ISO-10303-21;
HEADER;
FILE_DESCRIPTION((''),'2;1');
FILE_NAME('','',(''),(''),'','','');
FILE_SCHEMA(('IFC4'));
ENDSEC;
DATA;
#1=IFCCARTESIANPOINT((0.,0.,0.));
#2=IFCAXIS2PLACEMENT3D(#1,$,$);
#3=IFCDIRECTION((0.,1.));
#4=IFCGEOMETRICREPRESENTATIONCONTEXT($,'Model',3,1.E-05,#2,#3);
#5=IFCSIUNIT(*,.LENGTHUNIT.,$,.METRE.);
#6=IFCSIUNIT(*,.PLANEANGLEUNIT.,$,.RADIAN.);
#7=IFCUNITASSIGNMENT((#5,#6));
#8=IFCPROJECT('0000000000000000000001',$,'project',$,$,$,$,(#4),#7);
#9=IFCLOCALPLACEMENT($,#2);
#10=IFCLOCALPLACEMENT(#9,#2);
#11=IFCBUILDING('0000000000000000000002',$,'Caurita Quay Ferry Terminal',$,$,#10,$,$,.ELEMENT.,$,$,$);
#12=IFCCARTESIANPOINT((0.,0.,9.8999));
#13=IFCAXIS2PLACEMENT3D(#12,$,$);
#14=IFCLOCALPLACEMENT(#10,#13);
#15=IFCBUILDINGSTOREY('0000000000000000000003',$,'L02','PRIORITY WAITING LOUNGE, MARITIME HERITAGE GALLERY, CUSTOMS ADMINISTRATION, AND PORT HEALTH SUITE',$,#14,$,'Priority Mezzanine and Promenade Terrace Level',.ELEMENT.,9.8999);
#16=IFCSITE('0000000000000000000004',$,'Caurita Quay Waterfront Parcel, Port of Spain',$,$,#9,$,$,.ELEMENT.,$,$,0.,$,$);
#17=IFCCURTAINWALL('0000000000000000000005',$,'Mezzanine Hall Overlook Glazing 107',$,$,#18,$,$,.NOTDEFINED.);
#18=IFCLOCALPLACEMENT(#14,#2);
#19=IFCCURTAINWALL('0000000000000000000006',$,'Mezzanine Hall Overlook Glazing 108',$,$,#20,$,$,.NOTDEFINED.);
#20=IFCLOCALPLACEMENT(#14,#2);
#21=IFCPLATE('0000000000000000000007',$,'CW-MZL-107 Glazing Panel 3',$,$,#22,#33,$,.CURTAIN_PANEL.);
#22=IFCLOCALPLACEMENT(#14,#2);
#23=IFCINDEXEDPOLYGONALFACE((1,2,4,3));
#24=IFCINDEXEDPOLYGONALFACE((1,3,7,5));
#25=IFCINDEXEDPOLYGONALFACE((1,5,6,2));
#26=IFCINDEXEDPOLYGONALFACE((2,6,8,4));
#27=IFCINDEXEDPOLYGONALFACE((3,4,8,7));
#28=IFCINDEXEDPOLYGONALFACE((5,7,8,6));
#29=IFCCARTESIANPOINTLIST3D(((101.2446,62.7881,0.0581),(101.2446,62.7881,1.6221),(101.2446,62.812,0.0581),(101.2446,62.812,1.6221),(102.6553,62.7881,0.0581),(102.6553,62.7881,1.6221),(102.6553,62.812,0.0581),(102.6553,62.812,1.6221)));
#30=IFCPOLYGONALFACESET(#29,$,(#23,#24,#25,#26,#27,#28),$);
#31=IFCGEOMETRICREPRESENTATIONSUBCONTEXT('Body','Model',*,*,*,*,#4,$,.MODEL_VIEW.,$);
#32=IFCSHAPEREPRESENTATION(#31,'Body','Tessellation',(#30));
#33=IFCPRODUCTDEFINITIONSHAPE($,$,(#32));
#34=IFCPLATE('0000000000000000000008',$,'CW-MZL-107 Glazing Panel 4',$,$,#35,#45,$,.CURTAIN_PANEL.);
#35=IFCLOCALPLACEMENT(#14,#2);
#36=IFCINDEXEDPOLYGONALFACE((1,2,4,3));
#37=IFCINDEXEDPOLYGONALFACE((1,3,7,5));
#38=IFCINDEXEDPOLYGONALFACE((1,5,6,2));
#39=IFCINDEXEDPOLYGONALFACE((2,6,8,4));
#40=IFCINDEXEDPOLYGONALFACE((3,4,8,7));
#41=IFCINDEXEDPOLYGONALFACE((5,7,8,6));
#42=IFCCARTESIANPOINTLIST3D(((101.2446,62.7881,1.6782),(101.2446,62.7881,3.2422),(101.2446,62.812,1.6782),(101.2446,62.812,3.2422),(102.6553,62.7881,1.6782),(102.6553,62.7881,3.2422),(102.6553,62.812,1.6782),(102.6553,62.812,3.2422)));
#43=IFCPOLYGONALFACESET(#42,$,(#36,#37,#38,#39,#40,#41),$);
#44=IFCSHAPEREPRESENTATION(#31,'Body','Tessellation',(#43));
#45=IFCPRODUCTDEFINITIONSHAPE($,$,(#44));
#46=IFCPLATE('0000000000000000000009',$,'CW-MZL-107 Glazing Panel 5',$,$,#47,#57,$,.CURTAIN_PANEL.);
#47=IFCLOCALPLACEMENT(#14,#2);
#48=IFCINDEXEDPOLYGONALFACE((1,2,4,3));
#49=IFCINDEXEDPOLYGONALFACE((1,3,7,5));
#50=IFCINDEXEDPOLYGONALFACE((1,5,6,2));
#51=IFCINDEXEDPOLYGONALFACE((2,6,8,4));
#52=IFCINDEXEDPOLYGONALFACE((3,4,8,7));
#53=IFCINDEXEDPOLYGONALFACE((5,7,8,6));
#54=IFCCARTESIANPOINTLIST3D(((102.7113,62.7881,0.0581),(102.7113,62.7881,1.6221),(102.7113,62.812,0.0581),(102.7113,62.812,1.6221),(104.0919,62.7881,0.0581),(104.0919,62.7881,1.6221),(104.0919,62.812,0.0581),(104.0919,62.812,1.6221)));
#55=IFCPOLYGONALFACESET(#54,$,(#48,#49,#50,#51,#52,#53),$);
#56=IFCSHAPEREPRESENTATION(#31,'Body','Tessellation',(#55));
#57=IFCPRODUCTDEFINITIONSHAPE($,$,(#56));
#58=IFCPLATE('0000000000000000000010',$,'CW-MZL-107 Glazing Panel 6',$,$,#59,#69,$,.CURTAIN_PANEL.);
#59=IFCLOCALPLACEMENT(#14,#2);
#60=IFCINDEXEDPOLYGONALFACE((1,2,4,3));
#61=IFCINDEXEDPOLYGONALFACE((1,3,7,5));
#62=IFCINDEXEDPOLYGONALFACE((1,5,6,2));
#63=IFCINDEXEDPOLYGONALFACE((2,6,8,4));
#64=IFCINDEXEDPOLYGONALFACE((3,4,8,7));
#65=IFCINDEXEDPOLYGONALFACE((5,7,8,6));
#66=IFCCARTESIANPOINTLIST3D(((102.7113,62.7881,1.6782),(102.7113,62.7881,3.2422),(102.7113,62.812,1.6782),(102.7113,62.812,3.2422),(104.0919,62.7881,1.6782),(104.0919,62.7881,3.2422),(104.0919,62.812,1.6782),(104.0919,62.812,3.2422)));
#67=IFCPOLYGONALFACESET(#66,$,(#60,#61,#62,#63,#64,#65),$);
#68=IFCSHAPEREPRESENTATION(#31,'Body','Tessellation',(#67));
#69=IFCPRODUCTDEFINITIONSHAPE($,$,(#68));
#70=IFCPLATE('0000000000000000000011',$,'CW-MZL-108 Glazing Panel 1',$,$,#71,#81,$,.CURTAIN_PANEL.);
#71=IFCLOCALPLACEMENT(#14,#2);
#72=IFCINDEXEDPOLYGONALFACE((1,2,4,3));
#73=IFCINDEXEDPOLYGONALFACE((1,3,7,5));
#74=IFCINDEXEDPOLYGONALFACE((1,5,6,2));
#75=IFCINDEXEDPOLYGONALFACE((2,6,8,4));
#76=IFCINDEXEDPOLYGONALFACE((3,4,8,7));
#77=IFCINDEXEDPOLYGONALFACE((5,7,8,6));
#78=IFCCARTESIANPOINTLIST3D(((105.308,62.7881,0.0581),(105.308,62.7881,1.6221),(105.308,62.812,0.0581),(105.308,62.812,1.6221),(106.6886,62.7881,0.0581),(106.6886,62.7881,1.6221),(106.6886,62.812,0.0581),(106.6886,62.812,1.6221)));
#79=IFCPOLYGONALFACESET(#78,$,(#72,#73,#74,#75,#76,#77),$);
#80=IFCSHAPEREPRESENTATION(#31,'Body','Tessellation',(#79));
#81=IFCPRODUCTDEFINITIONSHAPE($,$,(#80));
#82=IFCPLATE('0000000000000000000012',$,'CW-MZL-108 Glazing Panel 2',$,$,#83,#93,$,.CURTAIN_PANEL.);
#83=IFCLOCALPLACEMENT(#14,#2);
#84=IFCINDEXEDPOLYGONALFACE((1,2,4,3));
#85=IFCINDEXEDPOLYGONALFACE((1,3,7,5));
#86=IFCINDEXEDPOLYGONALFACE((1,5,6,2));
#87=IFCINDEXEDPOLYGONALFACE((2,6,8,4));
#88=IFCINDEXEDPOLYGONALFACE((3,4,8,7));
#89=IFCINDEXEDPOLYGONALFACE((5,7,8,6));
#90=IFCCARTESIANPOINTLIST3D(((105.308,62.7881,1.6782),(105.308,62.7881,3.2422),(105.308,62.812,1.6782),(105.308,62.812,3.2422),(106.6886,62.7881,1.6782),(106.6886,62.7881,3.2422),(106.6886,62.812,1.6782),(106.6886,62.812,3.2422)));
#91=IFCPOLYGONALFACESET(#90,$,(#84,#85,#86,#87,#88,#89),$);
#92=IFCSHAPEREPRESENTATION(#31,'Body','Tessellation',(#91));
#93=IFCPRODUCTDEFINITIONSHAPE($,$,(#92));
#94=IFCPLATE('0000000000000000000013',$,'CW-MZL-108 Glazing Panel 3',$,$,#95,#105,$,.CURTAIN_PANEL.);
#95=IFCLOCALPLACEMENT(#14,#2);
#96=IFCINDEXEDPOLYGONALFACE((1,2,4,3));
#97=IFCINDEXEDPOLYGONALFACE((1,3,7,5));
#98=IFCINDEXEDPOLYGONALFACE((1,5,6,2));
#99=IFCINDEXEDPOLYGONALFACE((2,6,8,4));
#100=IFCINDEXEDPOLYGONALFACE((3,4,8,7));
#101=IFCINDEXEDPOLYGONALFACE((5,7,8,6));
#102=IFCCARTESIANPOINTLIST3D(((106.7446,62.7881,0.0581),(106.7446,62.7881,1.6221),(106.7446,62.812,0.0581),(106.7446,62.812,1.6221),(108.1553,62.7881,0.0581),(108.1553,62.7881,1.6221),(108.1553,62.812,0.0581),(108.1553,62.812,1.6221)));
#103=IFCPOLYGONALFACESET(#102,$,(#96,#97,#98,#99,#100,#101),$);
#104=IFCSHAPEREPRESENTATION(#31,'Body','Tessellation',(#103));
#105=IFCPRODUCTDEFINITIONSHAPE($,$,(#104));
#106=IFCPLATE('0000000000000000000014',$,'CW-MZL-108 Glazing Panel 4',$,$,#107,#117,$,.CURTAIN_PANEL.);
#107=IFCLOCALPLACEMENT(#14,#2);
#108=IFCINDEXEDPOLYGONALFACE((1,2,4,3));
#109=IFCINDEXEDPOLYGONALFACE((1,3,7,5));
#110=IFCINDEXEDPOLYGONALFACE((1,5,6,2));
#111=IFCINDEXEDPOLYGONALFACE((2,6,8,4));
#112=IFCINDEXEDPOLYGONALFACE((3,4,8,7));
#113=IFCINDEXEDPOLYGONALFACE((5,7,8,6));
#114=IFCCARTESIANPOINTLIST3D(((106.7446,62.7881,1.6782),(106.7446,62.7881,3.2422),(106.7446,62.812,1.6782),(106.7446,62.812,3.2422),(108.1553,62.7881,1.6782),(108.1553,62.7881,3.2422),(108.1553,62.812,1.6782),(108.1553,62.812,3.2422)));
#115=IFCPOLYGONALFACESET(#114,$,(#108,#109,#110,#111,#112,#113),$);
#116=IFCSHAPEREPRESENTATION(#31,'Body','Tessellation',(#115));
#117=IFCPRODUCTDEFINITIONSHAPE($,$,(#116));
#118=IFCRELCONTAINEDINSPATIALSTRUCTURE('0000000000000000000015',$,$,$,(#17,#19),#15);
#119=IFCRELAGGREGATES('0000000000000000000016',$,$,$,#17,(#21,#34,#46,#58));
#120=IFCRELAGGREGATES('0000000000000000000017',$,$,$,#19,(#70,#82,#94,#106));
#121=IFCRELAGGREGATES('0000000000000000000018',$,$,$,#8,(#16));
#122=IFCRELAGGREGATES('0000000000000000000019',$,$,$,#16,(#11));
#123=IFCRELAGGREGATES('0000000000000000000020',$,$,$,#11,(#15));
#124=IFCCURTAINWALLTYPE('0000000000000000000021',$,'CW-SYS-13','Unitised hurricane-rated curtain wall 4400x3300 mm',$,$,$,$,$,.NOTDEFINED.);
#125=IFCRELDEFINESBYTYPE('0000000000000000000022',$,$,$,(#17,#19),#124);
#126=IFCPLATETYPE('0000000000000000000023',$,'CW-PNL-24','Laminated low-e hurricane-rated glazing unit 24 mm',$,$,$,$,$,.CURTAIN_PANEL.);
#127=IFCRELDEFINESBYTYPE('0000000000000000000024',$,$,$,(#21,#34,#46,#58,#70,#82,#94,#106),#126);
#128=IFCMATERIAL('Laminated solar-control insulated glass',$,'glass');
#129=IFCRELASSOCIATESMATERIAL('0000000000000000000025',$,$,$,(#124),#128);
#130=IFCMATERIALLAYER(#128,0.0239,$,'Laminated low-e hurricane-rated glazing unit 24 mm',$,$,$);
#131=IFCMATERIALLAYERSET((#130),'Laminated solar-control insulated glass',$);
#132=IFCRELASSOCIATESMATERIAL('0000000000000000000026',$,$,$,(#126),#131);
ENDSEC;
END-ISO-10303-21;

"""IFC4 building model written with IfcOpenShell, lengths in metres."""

from ifc_helpers import new_model, si_unit, direction, frame, origin, origin_2d, place, context, subcontext, project, spatial, rectangle, extrude, material, layer, layer_set, type_object, element, aggregate, save


model = new_model("IFC4")

# Units and contexts
model_context = context("Model", 3, precision=1e-05, world=origin(), true_north=direction((0.0, 1.0)))
body_context = subcontext(model_context, "Body", "Model", "MODEL_VIEW")
ifc_project = project(units=[si_unit("LENGTHUNIT", "METRE"), si_unit("PLANEANGLEUNIT", "RADIAN")], contexts=[model_context])

# Site, building, storey
site_placement = place(None, origin())
site = spatial("IfcSite", under=ifc_project, at=site_placement, Name="Caurita Quay Waterfront Parcel, Port of Spain", CompositionType="ELEMENT", RefElevation=0.0)
building_placement = place(site_placement, origin())
building = spatial("IfcBuilding", under=site, at=building_placement, Name="Caurita Quay Ferry Terminal", CompositionType="ELEMENT")
storey_placement = place(building_placement, frame((0.0, 0.0, 9.8999)))
storey = spatial("IfcBuildingStorey", under=building, at=storey_placement, Name="L02", Description="PRIORITY WAITING LOUNGE, MARITIME HERITAGE GALLERY, CUSTOMS ADMINISTRATION, AND PORT HEALTH SUITE", LongName="Priority Mezzanine and Promenade Terrace Level", CompositionType="ELEMENT", Elevation=9.8999)

# Curtain walls
ifc_material_1 = material(Name="Laminated solar-control insulated glass", Category="glass")
curtain_wall_type_1 = type_object("IfcCurtainWallType", Name="CW-SYS-13", Description="Unitised hurricane-rated curtain wall 4400x3300 mm", PredefinedType="NOTDEFINED", material=ifc_material_1)
curtain_wall_1_placement = place(storey_placement, origin())
curtain_wall_1 = element("IfcCurtainWall", 1, at=curtain_wall_1_placement, inside=storey, type_object=curtain_wall_type_1, Name="Mezzanine Hall Overlook Glazing 107", PredefinedType="NOTDEFINED")
curtain_wall_2_placement = place(storey_placement, origin())
curtain_wall_2 = element("IfcCurtainWall", 2, at=curtain_wall_2_placement, inside=storey, type_object=curtain_wall_type_1, Name="Mezzanine Hall Overlook Glazing 108", PredefinedType="NOTDEFINED")

# Plates
ifc_layer = layer(ifc_material_1, 0.0239, Name="Laminated low-e hurricane-rated glazing unit 24 mm")
ifc_layer_set = layer_set([ifc_layer], Name="Laminated solar-control insulated glass")
plate_type = type_object("IfcPlateType", Name="CW-PNL-24", Description="Laminated low-e hurricane-rated glazing unit 24 mm", PredefinedType="CURTAIN_PANEL", material=ifc_layer_set)
plate_1_placement = place(storey_placement, frame((101.95, 62.8, 0.0581), z_axis=(0.0, 0.0, 1.0), x_axis=(1.0, 0.0, 0.0)))
plate_1 = element("IfcPlate", 3, at=plate_1_placement, type_object=plate_type, Name="CW-MZL-107 Glazing Panel 3", PredefinedType="CURTAIN_PANEL", context=body_context, shape_type="SweptSolid", body=[
    extrude(rectangle(XDim=1.4106, YDim=0.0239, at=origin_2d()), origin(), (0.0, 0.0, 1.0), 1.564),
])
plate_2_placement = place(storey_placement, frame((101.95, 62.8, 1.6782), z_axis=(0.0, 0.0, 1.0), x_axis=(1.0, 0.0, 0.0)))
plate_2 = element("IfcPlate", 4, at=plate_2_placement, type_object=plate_type, Name="CW-MZL-107 Glazing Panel 4", PredefinedType="CURTAIN_PANEL", context=body_context, shape_type="SweptSolid", body=[
    extrude(rectangle(XDim=1.4106, YDim=0.0239, at=origin_2d()), origin(), (0.0, 0.0, 1.0), 1.564),
])
plate_3_placement = place(storey_placement, frame((103.4016, 62.8, 0.0581), z_axis=(0.0, 0.0, 1.0), x_axis=(1.0, 0.0, 0.0)))
plate_3 = element("IfcPlate", 5, at=plate_3_placement, type_object=plate_type, Name="CW-MZL-107 Glazing Panel 5", PredefinedType="CURTAIN_PANEL", context=body_context, shape_type="SweptSolid", body=[
    extrude(rectangle(XDim=1.3806, YDim=0.0239, at=origin_2d()), origin(), (0.0, 0.0, 1.0), 1.564),
])
plate_4_placement = place(storey_placement, frame((103.4016, 62.8, 1.6782), z_axis=(0.0, 0.0, 1.0), x_axis=(1.0, 0.0, 0.0)))
plate_4 = element("IfcPlate", 6, at=plate_4_placement, type_object=plate_type, Name="CW-MZL-107 Glazing Panel 6", PredefinedType="CURTAIN_PANEL", context=body_context, shape_type="SweptSolid", body=[
    extrude(rectangle(XDim=1.3806, YDim=0.0239, at=origin_2d()), origin(), (0.0, 0.0, 1.0), 1.564),
])
aggregate(curtain_wall_1, [plate_1, plate_2, plate_3, plate_4])
plate_5_placement = place(storey_placement, frame((105.9983, 62.8, 0.0581), z_axis=(0.0, 0.0, 1.0), x_axis=(1.0, 0.0, 0.0)))
plate_5 = element("IfcPlate", 7, at=plate_5_placement, type_object=plate_type, Name="CW-MZL-108 Glazing Panel 1", PredefinedType="CURTAIN_PANEL", context=body_context, shape_type="SweptSolid", body=[
    extrude(rectangle(XDim=1.3806, YDim=0.0239, at=origin_2d()), origin(), (0.0, 0.0, 1.0), 1.564),
])
plate_6_placement = place(storey_placement, frame((105.9983, 62.8, 1.6782), z_axis=(0.0, 0.0, 1.0), x_axis=(1.0, 0.0, 0.0)))
plate_6 = element("IfcPlate", 8, at=plate_6_placement, type_object=plate_type, Name="CW-MZL-108 Glazing Panel 2", PredefinedType="CURTAIN_PANEL", context=body_context, shape_type="SweptSolid", body=[
    extrude(rectangle(XDim=1.3806, YDim=0.0239, at=origin_2d()), origin(), (0.0, 0.0, 1.0), 1.564),
])
plate_7_placement = place(storey_placement, frame((107.45, 62.8, 0.0581), z_axis=(0.0, 0.0, 1.0), x_axis=(1.0, 0.0, 0.0)))
plate_7 = element("IfcPlate", 9, at=plate_7_placement, type_object=plate_type, Name="CW-MZL-108 Glazing Panel 3", PredefinedType="CURTAIN_PANEL", context=body_context, shape_type="SweptSolid", body=[
    extrude(rectangle(XDim=1.4106, YDim=0.0239, at=origin_2d()), origin(), (0.0, 0.0, 1.0), 1.564),
])
plate_8_placement = place(storey_placement, frame((107.45, 62.8, 1.6782), z_axis=(0.0, 0.0, 1.0), x_axis=(1.0, 0.0, 0.0)))
plate_8 = element("IfcPlate", 10, at=plate_8_placement, type_object=plate_type, Name="CW-MZL-108 Glazing Panel 4", PredefinedType="CURTAIN_PANEL", context=body_context, shape_type="SweptSolid", body=[
    extrude(rectangle(XDim=1.4106, YDim=0.0239, at=origin_2d()), origin(), (0.0, 0.0, 1.0), 1.564),
])
aggregate(curtain_wall_2, [plate_5, plate_6, plate_7, plate_8])

save(model, "model.ifc")
